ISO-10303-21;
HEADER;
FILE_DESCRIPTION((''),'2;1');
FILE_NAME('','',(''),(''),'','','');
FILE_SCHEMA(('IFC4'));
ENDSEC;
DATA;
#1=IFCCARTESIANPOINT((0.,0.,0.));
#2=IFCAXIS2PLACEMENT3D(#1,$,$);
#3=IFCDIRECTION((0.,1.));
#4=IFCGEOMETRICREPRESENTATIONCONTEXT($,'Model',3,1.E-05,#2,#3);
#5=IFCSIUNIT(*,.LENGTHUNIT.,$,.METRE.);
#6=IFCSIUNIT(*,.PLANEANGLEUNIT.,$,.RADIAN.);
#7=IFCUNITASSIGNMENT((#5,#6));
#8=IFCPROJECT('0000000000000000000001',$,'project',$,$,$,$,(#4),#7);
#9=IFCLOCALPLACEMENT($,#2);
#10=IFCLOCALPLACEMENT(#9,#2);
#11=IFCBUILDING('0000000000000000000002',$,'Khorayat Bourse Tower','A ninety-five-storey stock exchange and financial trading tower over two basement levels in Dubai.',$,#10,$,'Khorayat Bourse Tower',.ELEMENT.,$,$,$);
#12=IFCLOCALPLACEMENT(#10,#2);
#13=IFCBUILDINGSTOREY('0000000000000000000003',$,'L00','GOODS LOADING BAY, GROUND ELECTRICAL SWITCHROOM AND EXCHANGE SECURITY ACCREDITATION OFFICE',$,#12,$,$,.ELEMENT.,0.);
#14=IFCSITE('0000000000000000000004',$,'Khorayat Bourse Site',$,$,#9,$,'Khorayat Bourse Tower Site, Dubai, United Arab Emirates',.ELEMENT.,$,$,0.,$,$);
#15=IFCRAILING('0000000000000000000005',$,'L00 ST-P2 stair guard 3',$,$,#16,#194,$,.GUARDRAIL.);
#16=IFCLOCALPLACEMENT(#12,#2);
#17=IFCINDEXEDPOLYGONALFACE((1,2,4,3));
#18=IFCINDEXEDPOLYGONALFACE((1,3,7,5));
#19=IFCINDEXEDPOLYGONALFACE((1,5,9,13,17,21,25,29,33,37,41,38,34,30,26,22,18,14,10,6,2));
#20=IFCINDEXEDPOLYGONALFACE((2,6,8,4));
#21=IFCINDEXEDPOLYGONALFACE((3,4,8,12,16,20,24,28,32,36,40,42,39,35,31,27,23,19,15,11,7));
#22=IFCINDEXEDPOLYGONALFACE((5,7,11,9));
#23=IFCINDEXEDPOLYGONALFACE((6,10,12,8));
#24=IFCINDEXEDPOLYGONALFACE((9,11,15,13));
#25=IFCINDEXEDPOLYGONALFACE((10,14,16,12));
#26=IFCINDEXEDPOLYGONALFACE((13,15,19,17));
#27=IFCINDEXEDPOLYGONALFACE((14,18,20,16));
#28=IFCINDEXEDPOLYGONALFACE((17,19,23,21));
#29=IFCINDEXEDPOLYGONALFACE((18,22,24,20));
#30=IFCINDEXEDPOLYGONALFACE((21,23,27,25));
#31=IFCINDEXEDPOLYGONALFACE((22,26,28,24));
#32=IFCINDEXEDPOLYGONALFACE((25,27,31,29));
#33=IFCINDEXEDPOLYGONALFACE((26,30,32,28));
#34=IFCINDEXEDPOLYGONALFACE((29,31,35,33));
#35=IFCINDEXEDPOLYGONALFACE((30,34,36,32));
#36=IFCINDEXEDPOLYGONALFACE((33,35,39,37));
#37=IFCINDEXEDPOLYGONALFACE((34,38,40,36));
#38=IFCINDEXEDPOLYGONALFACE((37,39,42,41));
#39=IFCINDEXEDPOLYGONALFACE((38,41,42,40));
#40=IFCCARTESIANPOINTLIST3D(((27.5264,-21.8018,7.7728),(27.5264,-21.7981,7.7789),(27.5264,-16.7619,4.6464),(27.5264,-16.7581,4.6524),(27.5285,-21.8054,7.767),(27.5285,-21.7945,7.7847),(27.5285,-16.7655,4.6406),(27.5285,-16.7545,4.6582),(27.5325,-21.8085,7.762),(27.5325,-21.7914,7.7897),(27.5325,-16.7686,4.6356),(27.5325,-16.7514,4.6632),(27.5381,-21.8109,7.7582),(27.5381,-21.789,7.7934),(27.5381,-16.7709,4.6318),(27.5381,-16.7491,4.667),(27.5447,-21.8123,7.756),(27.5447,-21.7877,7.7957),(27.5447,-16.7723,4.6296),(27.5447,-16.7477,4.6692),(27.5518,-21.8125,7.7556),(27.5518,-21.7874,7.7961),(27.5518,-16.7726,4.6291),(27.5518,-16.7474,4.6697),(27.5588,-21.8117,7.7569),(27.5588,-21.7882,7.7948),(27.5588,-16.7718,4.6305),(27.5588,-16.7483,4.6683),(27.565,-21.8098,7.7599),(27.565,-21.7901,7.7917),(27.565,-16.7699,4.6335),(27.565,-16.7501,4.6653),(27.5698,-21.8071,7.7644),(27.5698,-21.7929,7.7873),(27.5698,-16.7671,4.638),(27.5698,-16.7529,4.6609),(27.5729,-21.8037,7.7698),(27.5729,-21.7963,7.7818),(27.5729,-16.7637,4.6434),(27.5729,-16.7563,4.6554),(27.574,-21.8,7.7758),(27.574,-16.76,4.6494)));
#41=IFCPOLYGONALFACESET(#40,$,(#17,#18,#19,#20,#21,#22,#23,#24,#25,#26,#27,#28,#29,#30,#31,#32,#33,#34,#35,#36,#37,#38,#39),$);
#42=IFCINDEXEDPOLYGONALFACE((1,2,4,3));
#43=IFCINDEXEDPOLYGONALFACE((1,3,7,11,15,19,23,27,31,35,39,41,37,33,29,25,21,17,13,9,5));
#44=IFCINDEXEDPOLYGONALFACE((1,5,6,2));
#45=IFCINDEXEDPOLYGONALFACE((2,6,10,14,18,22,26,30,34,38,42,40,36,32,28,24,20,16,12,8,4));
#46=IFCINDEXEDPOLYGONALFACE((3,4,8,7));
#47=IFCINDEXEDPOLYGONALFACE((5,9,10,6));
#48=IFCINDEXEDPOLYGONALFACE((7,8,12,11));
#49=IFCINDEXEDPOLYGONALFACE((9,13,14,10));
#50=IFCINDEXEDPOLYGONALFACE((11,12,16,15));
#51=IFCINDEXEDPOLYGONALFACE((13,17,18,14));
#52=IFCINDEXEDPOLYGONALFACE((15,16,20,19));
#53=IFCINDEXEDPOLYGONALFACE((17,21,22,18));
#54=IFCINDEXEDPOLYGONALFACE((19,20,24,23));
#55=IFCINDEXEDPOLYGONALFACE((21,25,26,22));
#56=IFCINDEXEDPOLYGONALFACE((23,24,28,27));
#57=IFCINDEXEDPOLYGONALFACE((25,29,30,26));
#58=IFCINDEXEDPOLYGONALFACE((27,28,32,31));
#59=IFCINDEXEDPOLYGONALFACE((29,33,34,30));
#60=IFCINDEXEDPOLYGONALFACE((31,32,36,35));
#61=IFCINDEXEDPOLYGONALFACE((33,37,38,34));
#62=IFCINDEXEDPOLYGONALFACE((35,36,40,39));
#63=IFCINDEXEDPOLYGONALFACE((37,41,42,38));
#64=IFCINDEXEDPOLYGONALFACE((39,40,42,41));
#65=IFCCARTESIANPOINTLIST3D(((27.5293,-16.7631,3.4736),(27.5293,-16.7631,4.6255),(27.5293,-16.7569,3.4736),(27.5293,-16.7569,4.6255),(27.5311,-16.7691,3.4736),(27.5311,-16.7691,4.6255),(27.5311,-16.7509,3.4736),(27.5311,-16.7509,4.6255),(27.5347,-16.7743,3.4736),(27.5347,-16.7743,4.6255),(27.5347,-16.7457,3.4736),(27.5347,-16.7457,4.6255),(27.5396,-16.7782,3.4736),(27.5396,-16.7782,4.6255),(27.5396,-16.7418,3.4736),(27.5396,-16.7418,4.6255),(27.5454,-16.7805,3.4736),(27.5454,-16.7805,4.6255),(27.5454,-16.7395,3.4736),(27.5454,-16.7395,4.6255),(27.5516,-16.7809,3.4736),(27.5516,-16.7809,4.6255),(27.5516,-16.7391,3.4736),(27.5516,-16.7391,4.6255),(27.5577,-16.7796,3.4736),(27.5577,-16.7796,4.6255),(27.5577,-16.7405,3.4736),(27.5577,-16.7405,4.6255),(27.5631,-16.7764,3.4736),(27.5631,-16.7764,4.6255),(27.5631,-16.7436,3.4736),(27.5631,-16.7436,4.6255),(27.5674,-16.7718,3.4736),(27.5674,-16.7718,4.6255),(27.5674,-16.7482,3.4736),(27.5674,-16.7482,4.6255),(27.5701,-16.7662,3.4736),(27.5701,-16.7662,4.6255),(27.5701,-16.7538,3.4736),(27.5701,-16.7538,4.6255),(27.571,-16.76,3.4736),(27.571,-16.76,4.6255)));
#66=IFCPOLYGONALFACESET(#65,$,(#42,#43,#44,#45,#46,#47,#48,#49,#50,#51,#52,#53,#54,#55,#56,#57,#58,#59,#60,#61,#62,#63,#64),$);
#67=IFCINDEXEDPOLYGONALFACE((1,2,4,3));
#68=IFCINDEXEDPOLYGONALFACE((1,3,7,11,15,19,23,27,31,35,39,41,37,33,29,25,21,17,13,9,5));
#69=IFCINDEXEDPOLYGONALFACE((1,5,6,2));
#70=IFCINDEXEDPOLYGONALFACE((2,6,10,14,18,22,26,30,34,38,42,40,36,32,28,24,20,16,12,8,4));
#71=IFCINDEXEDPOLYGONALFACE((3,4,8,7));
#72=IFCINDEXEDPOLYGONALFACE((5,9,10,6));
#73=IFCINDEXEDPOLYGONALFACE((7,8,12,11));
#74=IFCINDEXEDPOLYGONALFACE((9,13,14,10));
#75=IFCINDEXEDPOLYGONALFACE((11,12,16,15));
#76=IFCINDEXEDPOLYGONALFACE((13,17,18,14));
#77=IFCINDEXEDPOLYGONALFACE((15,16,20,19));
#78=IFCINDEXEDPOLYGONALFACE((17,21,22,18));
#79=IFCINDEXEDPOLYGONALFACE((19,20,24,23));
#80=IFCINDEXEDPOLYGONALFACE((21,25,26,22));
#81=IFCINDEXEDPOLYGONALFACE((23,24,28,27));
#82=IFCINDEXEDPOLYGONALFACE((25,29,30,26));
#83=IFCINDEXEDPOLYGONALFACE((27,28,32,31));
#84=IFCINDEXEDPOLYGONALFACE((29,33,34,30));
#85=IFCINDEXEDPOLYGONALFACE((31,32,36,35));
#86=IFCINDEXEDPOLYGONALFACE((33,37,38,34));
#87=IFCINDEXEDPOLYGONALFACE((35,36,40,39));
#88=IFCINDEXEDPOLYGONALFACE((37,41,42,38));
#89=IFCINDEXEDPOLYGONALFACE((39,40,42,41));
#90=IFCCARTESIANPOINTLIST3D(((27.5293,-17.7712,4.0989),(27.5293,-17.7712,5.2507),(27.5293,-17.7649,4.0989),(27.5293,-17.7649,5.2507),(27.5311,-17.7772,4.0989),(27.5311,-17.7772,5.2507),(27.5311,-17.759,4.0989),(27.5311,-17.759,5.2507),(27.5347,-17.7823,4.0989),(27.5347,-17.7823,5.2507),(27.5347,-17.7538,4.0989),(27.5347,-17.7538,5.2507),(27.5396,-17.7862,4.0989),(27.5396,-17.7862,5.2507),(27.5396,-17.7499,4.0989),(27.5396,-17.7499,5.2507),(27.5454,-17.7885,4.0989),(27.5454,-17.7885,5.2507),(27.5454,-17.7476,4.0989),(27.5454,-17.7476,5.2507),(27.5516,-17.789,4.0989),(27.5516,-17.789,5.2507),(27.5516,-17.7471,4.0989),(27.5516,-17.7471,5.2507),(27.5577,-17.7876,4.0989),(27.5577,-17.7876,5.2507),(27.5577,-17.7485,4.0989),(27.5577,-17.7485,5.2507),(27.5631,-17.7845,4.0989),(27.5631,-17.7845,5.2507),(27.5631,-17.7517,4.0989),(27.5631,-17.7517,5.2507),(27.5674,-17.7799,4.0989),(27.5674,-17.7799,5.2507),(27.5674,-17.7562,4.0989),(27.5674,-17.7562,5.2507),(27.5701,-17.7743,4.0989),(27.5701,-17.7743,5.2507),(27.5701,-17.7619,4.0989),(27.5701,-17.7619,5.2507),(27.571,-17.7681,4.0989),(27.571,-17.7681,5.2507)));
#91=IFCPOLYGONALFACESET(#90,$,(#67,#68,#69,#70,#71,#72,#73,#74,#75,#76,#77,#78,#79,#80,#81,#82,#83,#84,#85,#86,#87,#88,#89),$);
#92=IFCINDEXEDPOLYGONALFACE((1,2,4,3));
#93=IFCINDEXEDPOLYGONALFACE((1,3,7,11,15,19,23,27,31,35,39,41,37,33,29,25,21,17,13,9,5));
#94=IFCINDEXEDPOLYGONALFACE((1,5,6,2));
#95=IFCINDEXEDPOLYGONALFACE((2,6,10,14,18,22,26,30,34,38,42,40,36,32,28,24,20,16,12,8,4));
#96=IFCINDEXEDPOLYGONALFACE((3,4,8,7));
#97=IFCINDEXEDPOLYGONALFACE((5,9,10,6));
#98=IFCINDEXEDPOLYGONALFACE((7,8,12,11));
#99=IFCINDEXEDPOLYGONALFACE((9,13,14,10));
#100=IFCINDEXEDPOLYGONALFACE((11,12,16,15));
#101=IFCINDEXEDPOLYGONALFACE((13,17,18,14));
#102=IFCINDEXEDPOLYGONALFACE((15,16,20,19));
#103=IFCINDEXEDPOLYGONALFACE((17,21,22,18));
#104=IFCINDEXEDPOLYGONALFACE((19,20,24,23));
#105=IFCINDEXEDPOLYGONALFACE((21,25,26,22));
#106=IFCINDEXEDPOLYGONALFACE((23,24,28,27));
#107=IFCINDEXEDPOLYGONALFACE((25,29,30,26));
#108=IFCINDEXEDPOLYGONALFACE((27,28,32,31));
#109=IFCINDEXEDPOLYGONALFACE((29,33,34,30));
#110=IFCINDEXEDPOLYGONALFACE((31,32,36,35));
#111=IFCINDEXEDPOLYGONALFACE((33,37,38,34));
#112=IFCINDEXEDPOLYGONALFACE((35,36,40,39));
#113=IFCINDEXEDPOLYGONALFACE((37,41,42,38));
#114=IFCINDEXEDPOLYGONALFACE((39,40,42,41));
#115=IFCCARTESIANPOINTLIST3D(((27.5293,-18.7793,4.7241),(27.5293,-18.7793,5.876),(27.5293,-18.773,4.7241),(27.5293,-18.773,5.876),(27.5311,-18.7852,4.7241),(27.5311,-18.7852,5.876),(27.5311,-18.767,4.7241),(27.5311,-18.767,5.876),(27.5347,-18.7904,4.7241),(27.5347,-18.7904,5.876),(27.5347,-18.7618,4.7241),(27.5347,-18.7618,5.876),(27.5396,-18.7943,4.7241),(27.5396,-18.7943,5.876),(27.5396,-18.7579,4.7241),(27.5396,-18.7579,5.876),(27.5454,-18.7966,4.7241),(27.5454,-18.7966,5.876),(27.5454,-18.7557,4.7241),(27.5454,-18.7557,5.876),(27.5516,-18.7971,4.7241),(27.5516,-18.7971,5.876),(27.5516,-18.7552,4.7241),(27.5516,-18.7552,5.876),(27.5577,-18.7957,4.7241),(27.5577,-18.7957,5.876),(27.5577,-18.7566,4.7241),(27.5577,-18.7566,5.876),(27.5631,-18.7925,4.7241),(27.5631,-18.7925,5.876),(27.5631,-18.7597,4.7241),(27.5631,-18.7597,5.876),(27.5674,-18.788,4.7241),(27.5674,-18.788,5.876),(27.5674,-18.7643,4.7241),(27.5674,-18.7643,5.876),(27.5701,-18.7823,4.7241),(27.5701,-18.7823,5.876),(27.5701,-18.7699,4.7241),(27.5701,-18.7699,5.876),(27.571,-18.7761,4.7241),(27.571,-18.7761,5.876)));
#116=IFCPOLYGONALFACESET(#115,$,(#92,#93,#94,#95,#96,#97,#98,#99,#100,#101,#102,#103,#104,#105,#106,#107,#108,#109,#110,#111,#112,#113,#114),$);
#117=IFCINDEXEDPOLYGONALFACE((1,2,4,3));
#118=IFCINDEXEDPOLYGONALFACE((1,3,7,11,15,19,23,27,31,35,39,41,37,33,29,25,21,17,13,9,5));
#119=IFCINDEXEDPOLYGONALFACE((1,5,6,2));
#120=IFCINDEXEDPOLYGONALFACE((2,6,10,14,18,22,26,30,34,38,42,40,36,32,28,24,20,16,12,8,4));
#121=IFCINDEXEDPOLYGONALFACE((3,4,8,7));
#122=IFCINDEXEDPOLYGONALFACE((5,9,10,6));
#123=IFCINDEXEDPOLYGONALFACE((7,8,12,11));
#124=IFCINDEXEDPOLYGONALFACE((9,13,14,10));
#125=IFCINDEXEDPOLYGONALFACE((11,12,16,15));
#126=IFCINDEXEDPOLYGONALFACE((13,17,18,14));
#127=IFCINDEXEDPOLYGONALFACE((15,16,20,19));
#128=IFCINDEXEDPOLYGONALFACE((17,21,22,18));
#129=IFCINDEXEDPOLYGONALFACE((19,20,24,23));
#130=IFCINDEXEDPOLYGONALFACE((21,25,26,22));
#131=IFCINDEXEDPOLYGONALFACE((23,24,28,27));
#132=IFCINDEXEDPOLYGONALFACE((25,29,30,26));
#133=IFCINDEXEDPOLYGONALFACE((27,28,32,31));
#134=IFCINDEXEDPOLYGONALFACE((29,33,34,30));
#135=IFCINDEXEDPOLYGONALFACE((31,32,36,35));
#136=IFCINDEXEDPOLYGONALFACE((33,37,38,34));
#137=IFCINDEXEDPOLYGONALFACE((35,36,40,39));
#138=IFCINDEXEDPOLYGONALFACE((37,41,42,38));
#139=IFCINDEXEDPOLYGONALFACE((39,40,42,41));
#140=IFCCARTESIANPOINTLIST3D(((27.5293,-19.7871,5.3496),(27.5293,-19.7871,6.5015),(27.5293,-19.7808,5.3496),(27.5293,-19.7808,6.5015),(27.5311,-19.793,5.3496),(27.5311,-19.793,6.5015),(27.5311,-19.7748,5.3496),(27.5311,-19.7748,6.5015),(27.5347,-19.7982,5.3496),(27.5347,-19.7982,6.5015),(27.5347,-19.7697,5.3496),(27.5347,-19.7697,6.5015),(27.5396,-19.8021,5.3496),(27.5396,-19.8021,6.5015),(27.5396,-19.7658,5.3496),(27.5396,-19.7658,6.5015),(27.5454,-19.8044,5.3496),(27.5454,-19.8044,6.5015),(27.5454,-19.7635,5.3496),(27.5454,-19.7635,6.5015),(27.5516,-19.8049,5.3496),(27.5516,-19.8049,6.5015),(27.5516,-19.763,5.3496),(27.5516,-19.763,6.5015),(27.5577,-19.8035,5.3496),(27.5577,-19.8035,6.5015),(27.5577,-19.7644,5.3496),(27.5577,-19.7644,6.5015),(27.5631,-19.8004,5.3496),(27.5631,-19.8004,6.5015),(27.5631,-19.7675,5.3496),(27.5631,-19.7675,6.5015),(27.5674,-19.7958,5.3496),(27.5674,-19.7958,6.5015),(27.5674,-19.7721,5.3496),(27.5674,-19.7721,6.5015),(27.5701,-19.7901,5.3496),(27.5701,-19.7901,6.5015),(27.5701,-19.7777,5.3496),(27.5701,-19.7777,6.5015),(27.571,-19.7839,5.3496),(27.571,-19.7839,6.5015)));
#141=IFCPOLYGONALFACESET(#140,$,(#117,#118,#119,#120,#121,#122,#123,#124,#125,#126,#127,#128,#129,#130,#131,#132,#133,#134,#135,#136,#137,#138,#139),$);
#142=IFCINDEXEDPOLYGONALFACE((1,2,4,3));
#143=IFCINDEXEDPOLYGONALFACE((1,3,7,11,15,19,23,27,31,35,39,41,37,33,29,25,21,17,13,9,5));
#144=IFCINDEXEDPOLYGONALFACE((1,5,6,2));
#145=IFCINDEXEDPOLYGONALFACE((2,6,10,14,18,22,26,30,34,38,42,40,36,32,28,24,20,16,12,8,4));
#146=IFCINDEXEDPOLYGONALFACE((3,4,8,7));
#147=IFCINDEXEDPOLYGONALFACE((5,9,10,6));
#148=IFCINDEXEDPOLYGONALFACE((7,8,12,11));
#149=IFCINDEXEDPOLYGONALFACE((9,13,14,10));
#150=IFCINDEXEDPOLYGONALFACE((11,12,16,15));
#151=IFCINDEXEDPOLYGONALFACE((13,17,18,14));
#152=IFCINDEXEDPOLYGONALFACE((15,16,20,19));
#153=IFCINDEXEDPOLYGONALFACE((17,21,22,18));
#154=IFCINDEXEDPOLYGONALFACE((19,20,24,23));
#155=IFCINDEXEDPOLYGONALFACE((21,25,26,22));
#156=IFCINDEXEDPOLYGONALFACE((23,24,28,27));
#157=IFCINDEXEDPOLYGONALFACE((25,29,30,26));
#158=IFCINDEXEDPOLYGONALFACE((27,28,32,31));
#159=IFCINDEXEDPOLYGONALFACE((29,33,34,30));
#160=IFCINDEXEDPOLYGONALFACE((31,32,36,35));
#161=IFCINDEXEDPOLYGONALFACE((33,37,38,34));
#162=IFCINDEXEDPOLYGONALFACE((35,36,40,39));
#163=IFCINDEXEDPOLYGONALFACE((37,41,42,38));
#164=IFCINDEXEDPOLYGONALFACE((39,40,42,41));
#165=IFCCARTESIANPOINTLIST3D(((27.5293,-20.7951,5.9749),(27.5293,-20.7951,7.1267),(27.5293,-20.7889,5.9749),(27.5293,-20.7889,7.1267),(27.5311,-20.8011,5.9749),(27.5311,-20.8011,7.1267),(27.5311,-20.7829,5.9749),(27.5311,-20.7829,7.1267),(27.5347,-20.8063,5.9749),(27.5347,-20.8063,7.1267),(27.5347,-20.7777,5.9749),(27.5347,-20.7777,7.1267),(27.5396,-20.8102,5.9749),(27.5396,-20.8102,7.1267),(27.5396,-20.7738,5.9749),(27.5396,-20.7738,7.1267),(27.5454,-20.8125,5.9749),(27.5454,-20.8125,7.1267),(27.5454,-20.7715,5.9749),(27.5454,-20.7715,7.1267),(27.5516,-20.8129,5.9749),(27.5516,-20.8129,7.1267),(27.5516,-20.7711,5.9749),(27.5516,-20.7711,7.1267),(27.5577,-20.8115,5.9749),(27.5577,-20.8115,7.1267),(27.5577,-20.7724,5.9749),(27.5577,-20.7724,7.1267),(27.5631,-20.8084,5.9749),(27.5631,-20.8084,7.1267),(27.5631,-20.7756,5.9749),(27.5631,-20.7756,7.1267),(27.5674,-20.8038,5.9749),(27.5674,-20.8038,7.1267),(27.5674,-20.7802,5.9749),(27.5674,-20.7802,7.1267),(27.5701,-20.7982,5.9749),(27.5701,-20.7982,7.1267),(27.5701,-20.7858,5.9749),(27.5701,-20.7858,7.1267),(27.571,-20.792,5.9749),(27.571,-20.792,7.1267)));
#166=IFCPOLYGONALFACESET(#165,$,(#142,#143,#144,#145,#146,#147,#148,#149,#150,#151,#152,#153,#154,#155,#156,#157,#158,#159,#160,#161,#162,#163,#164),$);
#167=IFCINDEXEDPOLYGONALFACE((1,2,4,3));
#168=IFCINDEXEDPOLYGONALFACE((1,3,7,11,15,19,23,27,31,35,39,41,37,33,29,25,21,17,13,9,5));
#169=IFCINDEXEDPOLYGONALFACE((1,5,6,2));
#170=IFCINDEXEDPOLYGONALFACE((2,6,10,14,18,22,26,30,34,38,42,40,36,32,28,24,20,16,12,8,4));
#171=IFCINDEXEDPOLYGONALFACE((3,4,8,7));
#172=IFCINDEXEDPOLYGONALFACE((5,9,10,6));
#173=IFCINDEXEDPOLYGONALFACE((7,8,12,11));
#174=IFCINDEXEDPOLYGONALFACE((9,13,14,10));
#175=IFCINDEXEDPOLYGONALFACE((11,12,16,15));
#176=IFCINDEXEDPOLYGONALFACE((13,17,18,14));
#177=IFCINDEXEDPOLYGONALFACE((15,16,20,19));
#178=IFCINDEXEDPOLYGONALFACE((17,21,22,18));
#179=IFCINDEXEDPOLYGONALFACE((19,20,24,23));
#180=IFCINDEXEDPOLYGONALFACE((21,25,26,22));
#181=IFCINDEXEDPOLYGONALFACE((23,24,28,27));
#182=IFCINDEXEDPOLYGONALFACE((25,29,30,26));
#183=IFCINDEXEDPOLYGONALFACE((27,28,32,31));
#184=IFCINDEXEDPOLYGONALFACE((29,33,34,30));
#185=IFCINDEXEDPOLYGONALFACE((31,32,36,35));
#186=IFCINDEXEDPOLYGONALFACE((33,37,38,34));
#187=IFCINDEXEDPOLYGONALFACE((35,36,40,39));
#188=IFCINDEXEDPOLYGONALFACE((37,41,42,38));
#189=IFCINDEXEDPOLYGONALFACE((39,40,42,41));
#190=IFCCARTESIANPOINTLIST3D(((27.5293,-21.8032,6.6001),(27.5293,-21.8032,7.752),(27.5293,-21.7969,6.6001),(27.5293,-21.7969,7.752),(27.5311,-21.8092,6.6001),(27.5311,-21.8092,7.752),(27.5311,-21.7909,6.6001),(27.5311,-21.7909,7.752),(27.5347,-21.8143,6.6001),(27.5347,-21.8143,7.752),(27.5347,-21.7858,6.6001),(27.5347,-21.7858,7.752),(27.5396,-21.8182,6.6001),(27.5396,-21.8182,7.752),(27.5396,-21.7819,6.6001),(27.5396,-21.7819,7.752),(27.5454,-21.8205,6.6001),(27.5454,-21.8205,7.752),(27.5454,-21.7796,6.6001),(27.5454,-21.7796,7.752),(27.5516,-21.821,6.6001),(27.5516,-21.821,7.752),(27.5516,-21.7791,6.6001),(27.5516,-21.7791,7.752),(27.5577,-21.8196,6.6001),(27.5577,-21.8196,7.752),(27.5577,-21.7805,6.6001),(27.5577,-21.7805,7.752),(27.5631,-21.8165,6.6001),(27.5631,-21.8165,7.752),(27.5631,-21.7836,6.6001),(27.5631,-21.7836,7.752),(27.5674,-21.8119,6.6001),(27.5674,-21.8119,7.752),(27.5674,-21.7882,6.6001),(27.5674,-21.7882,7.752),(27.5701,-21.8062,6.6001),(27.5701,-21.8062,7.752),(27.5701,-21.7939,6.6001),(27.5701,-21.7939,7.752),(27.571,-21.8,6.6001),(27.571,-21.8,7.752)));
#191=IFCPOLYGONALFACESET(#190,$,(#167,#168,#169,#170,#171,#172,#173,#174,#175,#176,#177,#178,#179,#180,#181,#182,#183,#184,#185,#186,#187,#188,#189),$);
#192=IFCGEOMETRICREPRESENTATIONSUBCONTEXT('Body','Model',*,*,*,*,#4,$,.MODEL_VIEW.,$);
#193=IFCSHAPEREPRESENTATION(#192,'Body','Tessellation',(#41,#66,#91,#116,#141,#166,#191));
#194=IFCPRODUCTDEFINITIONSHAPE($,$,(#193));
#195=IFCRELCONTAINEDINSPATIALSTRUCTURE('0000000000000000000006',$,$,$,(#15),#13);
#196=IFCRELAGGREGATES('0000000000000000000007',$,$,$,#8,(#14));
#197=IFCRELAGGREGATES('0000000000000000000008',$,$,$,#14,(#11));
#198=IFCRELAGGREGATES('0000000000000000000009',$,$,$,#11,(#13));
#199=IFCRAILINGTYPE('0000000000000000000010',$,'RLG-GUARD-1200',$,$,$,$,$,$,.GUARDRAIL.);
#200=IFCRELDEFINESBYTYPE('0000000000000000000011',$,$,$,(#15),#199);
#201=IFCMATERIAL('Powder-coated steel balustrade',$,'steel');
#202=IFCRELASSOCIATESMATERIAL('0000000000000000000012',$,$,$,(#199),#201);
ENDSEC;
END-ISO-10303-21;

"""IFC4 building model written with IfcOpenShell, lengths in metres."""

from ifc_helpers import new_model, si_unit, direction, frame, origin, origin_2d, place, context, subcontext, project, spatial, circle, extrude, source, transform, mapped, material, type_object, element, save


model = new_model("IFC4")

# Units and contexts
model_context = context("Model", 3, precision=1e-05, world=origin(), true_north=direction((0.0, 1.0)))
body_context = subcontext(model_context, "Body", "Model", "MODEL_VIEW")
ifc_project = project(units=[si_unit("LENGTHUNIT", "METRE"), si_unit("PLANEANGLEUNIT", "RADIAN")], contexts=[model_context])

# Site, building, storey
site_placement = place(None, origin())
site = spatial("IfcSite", under=ifc_project, at=site_placement, Name="Khorayat Bourse Site", LongName="Khorayat Bourse Tower Site, Dubai, United Arab Emirates", CompositionType="ELEMENT", RefElevation=0.0)
building_placement = place(site_placement, origin())
building = spatial("IfcBuilding", under=site, at=building_placement, Name="Khorayat Bourse Tower", Description="A ninety-five-storey stock exchange and financial trading tower over two basement levels in Dubai.", LongName="Khorayat Bourse Tower", CompositionType="ELEMENT")
storey_placement = place(building_placement, origin())
storey = spatial("IfcBuildingStorey", under=building, at=storey_placement, Name="L00", Description="GOODS LOADING BAY, GROUND ELECTRICAL SWITCHROOM AND EXCHANGE SECURITY ACCREDITATION OFFICE", CompositionType="ELEMENT", Elevation=0.0)

# Railing
ifc_material_1 = material(Name="Powder-coated steel balustrade", Category="steel")
railing_type_1 = type_object("IfcRailingType", Name="RLG-GUARD-1200", PredefinedType="GUARDRAIL", material=ifc_material_1)
shared_shape_1 = source(origin(), body_context, "Body", "SweptSolid", [
    extrude(circle(Radius=0.0239, at=origin_2d()), frame((0.0, 0.0, 1.1758), z_axis=(0.0, -0.849779, 0.527139), x_axis=(1.0, 0.0, 0.0)), (0.0, 0.0, 1.0), 5.9309),
    extrude(circle(Radius=0.021, at=origin_2d()), origin(), (0.0, 0.0, 1.0), 1.1519),
    extrude(circle(Radius=0.021, at=origin_2d()), frame((0.0, -1.0081, 0.6252)), (0.0, 0.0, 1.0), 1.1519),
    extrude(circle(Radius=0.021, at=origin_2d()), frame((0.0, -2.0161, 1.2505)), (0.0, 0.0, 1.0), 1.1519),
    extrude(circle(Radius=0.021, at=origin_2d()), frame((0.0, -3.0239, 1.876)), (0.0, 0.0, 1.0), 1.1519),
    extrude(circle(Radius=0.021, at=origin_2d()), frame((0.0, -4.032, 2.5012)), (0.0, 0.0, 1.0), 1.1519),
    extrude(circle(Radius=0.021, at=origin_2d()), frame((0.0, -5.04, 3.1265)), (0.0, 0.0, 1.0), 1.1519),
])
railing_1_placement = place(storey_placement, frame((27.55, -16.76, 3.4736)))
element("IfcRailing", 1, at=railing_1_placement, inside=storey, type_object=railing_type_1, Name="L00 ST-P2 stair guard 3", PredefinedType="GUARDRAIL", context=body_context, shape_type="MappedRepresentation", body=[
    mapped(shared_shape_1, transform((0.0, 0.0, 0.0), scale=1.0)),
])

save(model, "model.ifc")
